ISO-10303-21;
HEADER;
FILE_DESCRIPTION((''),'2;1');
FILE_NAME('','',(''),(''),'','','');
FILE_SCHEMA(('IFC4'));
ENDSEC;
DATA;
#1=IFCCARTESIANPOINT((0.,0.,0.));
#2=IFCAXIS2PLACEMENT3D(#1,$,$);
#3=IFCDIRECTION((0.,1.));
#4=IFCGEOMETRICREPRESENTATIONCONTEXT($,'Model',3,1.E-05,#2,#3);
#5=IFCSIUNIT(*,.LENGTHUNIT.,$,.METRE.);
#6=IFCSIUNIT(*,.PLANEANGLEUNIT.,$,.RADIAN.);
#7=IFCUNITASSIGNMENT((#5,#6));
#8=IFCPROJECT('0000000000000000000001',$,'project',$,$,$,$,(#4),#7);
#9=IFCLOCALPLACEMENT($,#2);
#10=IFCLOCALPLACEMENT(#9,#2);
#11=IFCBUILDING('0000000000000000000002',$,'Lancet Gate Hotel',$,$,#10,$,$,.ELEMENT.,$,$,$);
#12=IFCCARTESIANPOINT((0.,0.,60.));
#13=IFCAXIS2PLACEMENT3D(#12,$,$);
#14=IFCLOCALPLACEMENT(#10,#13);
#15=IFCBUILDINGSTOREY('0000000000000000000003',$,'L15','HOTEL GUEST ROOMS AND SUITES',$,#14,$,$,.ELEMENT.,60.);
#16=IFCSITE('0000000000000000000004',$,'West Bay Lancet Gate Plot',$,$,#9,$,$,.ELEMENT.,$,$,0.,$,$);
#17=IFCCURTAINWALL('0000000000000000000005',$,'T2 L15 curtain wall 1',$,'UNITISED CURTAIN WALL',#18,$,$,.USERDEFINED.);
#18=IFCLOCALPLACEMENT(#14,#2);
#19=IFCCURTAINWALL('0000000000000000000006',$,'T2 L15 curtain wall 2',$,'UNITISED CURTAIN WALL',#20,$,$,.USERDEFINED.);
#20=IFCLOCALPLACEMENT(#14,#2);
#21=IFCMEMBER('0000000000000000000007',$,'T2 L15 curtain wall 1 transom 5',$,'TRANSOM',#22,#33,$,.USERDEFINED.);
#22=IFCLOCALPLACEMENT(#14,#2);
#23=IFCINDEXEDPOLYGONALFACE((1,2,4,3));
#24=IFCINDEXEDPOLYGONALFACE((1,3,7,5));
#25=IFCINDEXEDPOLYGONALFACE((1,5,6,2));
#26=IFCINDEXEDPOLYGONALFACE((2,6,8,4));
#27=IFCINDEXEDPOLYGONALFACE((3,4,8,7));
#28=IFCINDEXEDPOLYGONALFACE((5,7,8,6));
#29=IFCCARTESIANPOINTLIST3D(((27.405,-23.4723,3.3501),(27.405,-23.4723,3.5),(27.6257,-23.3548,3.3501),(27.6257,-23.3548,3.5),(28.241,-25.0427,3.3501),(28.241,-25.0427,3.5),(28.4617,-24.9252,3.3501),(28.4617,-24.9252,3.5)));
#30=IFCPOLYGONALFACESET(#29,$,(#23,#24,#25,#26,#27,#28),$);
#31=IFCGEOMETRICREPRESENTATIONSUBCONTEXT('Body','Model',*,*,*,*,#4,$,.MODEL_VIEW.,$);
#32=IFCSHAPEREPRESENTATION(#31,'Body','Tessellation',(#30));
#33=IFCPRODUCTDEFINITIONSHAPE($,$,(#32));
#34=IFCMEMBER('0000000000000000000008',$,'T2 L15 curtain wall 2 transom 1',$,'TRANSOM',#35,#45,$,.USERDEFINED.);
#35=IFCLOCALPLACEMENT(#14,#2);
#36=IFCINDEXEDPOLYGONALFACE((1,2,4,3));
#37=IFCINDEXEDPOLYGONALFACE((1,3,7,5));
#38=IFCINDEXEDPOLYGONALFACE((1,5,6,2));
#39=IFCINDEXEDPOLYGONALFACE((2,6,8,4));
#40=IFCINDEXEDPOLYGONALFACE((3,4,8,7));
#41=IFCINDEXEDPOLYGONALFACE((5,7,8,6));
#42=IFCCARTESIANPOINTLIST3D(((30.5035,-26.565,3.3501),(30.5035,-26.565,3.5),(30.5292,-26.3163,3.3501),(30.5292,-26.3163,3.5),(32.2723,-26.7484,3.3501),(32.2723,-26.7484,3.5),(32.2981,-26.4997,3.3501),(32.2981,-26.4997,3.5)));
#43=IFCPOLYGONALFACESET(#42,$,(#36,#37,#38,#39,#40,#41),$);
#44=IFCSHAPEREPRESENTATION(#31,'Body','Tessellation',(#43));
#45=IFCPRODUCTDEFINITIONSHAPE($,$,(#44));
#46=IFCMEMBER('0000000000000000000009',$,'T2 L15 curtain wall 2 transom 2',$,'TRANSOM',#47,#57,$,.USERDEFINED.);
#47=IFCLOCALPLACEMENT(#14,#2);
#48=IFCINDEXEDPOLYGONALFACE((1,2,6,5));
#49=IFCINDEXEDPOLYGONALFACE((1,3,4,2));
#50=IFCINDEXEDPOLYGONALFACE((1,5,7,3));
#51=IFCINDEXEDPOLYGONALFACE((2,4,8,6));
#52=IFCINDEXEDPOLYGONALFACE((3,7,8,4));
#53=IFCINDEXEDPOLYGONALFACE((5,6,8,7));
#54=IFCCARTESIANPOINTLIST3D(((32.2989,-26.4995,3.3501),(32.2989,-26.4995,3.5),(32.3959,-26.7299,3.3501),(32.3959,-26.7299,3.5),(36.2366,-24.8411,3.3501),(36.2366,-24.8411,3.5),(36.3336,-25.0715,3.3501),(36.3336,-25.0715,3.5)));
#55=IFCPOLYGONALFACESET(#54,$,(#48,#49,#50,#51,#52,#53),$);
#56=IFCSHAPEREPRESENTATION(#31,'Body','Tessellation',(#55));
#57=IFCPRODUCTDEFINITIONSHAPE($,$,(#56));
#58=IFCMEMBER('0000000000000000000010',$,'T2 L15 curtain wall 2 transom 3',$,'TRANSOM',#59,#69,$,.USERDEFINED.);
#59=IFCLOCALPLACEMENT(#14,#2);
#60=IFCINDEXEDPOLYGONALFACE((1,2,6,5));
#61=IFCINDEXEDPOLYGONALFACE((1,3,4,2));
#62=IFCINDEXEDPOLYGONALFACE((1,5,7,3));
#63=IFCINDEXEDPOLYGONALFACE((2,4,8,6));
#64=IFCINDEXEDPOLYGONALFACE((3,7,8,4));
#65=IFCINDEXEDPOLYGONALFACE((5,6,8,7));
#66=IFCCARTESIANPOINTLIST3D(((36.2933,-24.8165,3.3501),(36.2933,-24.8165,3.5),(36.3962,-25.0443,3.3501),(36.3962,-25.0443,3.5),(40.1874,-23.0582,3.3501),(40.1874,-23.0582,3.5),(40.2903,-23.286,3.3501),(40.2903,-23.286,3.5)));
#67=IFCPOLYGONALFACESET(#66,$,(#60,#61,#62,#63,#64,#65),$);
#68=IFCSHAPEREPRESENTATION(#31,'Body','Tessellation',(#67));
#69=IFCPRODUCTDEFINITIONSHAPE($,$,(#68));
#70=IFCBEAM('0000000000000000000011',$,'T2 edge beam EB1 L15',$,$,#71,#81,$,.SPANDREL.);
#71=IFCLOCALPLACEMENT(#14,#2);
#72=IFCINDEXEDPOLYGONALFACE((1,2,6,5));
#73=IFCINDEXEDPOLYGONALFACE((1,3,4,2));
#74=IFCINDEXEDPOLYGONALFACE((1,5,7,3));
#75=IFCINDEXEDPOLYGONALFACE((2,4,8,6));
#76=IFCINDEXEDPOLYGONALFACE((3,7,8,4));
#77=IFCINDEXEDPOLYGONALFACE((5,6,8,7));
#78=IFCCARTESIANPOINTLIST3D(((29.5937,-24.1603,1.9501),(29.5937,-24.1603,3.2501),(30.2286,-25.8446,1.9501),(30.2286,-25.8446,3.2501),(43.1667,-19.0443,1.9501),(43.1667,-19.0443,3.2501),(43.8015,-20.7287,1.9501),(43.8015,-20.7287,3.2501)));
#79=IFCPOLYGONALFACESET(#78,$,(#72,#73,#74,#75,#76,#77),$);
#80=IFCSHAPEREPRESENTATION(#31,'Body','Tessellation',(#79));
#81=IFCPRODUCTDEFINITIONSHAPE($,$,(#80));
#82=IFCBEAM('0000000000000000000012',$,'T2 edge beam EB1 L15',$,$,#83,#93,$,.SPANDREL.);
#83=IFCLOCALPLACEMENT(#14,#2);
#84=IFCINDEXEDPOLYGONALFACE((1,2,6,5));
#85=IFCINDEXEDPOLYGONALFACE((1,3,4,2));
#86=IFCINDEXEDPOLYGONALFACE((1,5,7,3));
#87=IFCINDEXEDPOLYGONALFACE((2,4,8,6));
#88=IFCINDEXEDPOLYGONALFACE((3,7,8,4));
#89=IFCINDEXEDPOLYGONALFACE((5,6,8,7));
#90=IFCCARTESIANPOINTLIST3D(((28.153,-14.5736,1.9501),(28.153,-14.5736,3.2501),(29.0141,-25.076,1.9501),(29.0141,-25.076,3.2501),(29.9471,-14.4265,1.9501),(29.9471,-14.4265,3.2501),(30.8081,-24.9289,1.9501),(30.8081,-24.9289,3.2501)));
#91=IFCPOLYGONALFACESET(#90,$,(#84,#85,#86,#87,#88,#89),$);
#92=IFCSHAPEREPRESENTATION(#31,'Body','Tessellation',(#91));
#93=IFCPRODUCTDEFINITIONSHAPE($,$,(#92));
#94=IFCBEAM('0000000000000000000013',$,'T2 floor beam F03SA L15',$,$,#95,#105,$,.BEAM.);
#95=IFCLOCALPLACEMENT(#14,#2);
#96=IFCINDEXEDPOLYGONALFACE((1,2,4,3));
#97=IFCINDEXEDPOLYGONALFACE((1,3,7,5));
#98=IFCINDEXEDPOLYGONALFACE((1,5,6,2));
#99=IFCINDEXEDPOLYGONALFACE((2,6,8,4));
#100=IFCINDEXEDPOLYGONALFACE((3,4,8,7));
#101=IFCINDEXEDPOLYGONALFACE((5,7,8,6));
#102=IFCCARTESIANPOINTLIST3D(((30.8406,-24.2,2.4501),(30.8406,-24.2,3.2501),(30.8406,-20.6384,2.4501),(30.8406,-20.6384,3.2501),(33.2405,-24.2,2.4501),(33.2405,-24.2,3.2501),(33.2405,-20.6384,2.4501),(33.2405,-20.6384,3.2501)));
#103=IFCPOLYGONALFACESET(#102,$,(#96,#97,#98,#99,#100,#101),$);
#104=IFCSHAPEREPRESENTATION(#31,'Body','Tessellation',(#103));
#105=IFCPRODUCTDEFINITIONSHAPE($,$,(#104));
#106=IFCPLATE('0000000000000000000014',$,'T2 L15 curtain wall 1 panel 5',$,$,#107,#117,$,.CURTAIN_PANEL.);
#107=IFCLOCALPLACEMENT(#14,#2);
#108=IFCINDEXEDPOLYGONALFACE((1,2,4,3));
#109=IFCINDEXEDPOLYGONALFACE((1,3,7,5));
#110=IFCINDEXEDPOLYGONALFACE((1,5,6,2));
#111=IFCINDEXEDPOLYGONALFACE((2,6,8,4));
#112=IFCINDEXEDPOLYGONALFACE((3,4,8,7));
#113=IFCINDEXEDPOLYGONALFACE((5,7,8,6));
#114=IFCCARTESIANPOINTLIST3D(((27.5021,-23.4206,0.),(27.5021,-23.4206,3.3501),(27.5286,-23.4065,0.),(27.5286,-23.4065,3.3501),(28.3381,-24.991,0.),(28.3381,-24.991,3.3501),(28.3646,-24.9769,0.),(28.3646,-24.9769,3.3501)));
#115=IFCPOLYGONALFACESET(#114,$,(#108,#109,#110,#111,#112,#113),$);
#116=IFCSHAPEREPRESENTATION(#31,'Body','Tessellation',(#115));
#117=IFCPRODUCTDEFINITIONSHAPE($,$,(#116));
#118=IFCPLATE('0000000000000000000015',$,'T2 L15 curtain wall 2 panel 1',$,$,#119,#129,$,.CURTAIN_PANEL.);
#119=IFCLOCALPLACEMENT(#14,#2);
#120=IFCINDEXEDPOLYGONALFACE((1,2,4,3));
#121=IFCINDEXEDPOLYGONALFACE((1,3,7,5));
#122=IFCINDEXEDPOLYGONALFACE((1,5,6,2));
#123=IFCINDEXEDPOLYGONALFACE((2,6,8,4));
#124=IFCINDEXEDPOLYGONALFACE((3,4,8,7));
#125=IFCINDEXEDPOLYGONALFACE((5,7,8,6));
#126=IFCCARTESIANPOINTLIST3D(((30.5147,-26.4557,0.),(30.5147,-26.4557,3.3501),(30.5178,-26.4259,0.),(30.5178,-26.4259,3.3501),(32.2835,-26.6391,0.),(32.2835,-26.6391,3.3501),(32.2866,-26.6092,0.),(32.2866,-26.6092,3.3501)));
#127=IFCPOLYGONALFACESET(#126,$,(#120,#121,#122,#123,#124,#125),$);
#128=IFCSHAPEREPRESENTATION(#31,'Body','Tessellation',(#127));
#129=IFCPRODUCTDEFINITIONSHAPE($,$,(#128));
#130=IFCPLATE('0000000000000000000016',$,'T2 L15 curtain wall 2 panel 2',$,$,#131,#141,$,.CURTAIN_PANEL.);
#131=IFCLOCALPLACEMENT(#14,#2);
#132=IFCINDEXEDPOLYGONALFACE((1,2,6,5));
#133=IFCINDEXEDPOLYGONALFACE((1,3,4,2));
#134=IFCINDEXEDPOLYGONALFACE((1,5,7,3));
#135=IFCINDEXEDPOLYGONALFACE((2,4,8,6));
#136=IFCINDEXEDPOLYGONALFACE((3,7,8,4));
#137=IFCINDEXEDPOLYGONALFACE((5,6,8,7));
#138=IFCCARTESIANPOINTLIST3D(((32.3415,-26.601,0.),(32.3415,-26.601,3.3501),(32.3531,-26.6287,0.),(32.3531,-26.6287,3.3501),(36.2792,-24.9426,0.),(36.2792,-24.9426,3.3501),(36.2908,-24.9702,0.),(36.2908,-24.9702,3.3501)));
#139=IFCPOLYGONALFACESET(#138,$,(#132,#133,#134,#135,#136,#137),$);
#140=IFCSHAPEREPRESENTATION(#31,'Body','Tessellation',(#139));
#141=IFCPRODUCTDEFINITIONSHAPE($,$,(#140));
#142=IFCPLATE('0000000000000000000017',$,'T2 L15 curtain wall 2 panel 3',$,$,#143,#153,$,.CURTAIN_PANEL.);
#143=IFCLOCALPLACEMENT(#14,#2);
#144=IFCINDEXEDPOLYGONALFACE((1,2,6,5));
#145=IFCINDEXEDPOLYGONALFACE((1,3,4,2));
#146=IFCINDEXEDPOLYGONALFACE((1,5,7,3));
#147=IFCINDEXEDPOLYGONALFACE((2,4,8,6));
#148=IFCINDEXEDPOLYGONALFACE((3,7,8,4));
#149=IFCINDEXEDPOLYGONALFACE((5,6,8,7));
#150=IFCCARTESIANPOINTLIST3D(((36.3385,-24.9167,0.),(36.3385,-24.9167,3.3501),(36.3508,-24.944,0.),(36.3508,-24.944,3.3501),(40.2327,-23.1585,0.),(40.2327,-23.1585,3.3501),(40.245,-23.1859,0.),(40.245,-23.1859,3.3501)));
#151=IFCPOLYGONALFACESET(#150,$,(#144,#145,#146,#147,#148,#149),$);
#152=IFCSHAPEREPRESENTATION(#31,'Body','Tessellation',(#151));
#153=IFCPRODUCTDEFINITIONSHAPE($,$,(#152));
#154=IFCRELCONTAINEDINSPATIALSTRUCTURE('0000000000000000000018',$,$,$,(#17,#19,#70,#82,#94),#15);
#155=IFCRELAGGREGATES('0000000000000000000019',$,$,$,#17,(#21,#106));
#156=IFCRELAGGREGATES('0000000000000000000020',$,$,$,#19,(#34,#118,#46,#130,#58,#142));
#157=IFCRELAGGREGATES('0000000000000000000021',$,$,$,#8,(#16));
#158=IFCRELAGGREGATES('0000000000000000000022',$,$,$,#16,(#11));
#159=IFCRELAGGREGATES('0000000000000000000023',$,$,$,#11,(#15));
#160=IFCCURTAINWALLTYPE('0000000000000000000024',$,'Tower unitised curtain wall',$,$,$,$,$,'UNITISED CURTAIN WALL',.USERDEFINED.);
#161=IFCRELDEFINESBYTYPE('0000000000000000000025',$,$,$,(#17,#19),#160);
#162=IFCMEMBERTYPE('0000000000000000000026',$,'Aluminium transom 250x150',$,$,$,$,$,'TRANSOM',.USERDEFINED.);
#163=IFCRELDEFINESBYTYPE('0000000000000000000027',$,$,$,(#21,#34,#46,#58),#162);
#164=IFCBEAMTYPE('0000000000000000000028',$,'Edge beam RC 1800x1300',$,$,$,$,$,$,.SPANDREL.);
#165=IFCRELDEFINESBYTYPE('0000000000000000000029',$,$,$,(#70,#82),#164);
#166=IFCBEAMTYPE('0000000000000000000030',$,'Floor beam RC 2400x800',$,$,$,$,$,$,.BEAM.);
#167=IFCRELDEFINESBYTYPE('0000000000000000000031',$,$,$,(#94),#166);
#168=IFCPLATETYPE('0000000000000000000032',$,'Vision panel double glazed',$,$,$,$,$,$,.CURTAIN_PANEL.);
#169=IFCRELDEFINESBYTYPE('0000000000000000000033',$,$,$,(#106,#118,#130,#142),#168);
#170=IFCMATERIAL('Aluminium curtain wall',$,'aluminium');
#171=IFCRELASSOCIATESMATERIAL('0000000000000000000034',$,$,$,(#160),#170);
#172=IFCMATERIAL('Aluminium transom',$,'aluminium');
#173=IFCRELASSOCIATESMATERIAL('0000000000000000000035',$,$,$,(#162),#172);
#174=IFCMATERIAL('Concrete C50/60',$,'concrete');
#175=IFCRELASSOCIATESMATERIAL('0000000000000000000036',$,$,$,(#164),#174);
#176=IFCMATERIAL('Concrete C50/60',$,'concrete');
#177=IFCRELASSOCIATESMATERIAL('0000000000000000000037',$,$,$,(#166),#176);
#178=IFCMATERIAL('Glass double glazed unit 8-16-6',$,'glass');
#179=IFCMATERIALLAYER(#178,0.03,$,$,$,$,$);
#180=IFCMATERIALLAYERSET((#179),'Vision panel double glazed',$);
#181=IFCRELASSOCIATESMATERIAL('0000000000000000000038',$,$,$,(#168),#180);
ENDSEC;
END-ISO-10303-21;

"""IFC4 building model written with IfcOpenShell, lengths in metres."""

from ifc_helpers import new_model, si_unit, direction, frame, origin, origin_2d, place, context, subcontext, project, spatial, rectangle, extrude, material, layer, layer_set, material_profile, profile_set, type_object, element, aggregate, save


model = new_model("IFC4")

# Units and contexts
model_context = context("Model", 3, precision=1e-05, world=origin(), true_north=direction((0.0, 1.0)))
body_context = subcontext(model_context, "Body", "Model", "MODEL_VIEW")
ifc_project = project(units=[si_unit("LENGTHUNIT", "METRE"), si_unit("PLANEANGLEUNIT", "RADIAN")], contexts=[model_context])

# Site, building, storey
site_placement = place(None, origin())
site = spatial("IfcSite", under=ifc_project, at=site_placement, Name="West Bay Lancet Gate Plot", CompositionType="ELEMENT", RefElevation=0.0)
building_placement = place(site_placement, origin())
building = spatial("IfcBuilding", under=site, at=building_placement, Name="Lancet Gate Hotel", CompositionType="ELEMENT")
storey_placement = place(building_placement, frame((0.0, 0.0, 60.0)))
storey = spatial("IfcBuildingStorey", under=building, at=storey_placement, Name="L15", Description="HOTEL GUEST ROOMS AND SUITES", CompositionType="ELEMENT", Elevation=60.0)

# Curtain walls
ifc_material_1 = material(Name="Aluminium curtain wall", Category="aluminium")
curtain_wall_type = type_object("IfcCurtainWallType", Name="Tower unitised curtain wall", ElementType="UNITISED CURTAIN WALL", PredefinedType="USERDEFINED", material=ifc_material_1)
curtain_wall_1_placement = place(storey_placement, origin())
curtain_wall_1 = element("IfcCurtainWall", 1, at=curtain_wall_1_placement, inside=storey, type_object=curtain_wall_type, Name="T2 L15 curtain wall 1", ObjectType="UNITISED CURTAIN WALL", PredefinedType="USERDEFINED")
curtain_wall_2_placement = place(storey_placement, origin())
curtain_wall_2 = element("IfcCurtainWall", 2, at=curtain_wall_2_placement, inside=storey, type_object=curtain_wall_type, Name="T2 L15 curtain wall 2", ObjectType="UNITISED CURTAIN WALL", PredefinedType="USERDEFINED")

# Members
ifc_material_2 = material(Name="Aluminium transom", Category="aluminium")
ifc_material_profile_1 = material_profile(ifc_material_2, rectangle(XDim=0.25, YDim=0.1499, at=origin_2d()), Name="TRANSOM 250x150")
ifc_profile_set_1 = profile_set([ifc_material_profile_1], Name="Aluminium transom")
member_type_1 = type_object("IfcMemberType", Name="Aluminium transom 250x150", ElementType="TRANSOM", PredefinedType="USERDEFINED", material=ifc_profile_set_1)
member_1_placement = place(storey_placement, frame((27.5154, -23.4136, 3.425), z_axis=(0.469904, -0.882717, 0.0), x_axis=(0.882717, 0.469904, 0.0)))
member_1 = element("IfcMember", 3, at=member_1_placement, type_object=member_type_1, Name="T2 L15 curtain wall 1 transom 5", ObjectType="TRANSOM", PredefinedType="USERDEFINED", context=body_context, shape_type="SweptSolid", body=[
    extrude(rectangle(XDim=0.25, YDim=0.1499, at=origin_2d()), origin(), (0.0, 0.0, 1.0), 1.7791),
])
member_2_placement = place(storey_placement, frame((30.5164, -26.4407, 3.425), z_axis=(0.99467, -0.103105, 0.0), x_axis=(0.103105, 0.99467, 0.0)))
member_2 = element("IfcMember", 4, at=member_2_placement, type_object=member_type_1, Name="T2 L15 curtain wall 2 transom 1", ObjectType="TRANSOM", PredefinedType="USERDEFINED", context=body_context, shape_type="SweptSolid", body=[
    extrude(rectangle(XDim=0.25, YDim=0.1499, at=origin_2d()), origin(), (0.0, 0.0, 1.0), 1.7783),
])
member_3_placement = place(storey_placement, frame((32.3474, -26.6147, 3.425), z_axis=(0.921598, 0.388146, 0.0), x_axis=(-0.388146, 0.921598, 0.0)))
member_3 = element("IfcMember", 5, at=member_3_placement, type_object=member_type_1, Name="T2 L15 curtain wall 2 transom 2", ObjectType="TRANSOM", PredefinedType="USERDEFINED", context=body_context, shape_type="SweptSolid", body=[
    extrude(rectangle(XDim=0.25, YDim=0.1499, at=origin_2d()), origin(), (0.0, 0.0, 1.0), 4.2727),
])
member_4_placement = place(storey_placement, frame((36.3447, -24.9304, 3.425), z_axis=(0.911397, 0.411529, 0.0), x_axis=(-0.411529, 0.911397, 0.0)))
member_4 = element("IfcMember", 6, at=member_4_placement, type_object=member_type_1, Name="T2 L15 curtain wall 2 transom 3", ObjectType="TRANSOM", PredefinedType="USERDEFINED", context=body_context, shape_type="SweptSolid", body=[
    extrude(rectangle(XDim=0.25, YDim=0.1499, at=origin_2d()), origin(), (0.0, 0.0, 1.0), 4.2727),
])

# Beams
ifc_material_3 = material(Name="Concrete C50/60", Category="concrete")
ifc_material_profile_2 = material_profile(ifc_material_3, rectangle(XDim=1.8, YDim=1.3, at=origin_2d()), Name="RC 1800x1300")
ifc_profile_set_2 = profile_set([ifc_material_profile_2], Name="Concrete C50/60")
beam_type_1 = type_object("IfcBeamType", Name="Edge beam RC 1800x1300", PredefinedType="SPANDREL", material=ifc_profile_set_2)
beam_1_placement = place(storey_placement, frame((29.9111, -25.0024, 2.6001), z_axis=(0.935736, 0.3527, 0.0), x_axis=(-0.3527, 0.935736, 0.0)))
element("IfcBeam", 7, at=beam_1_placement, inside=storey, type_object=beam_type_1, Name="T2 edge beam EB1 L15", PredefinedType="SPANDREL", context=body_context, shape_type="SweptSolid", body=[
    extrude(rectangle(XDim=1.8, YDim=1.3, at=origin_2d()), origin(), (0.0, 0.0, 1.0), 14.5051),
])
beam_2_placement = place(storey_placement, frame((29.9111, -25.0024, 2.6001), z_axis=(-0.081715, 0.996656, 0.0), x_axis=(-0.996656, -0.081715, 0.0)))
element("IfcBeam", 8, at=beam_2_placement, inside=storey, type_object=beam_type_1, Name="T2 edge beam EB1 L15", PredefinedType="SPANDREL", context=body_context, shape_type="SweptSolid", body=[
    extrude(rectangle(XDim=1.8, YDim=1.3, at=origin_2d()), origin(), (0.0, 0.0, 1.0), 10.5376),
])
ifc_material_4 = material(Name="Concrete C50/60", Category="concrete")
ifc_material_profile_3 = material_profile(ifc_material_4, rectangle(XDim=2.3999, YDim=0.8, at=origin_2d()), Name="RC 2400x800")
ifc_profile_set_3 = profile_set([ifc_material_profile_3], Name="Concrete C50/60")
beam_type_2 = type_object("IfcBeamType", Name="Floor beam RC 2400x800", PredefinedType="BEAM", material=ifc_profile_set_3)
beam_3_placement = place(storey_placement, frame((32.0405, -24.2, 2.8501), z_axis=(0.0, 1.0, 0.0), x_axis=(-1.0, 0.0, 0.0)))
element("IfcBeam", 9, at=beam_3_placement, inside=storey, type_object=beam_type_2, Name="T2 floor beam F03SA L15", PredefinedType="BEAM", context=body_context, shape_type="SweptSolid", body=[
    extrude(rectangle(XDim=2.3999, YDim=0.8, at=origin_2d()), origin(), (0.0, 0.0, 1.0), 3.5615),
])

# Plates
ifc_material_5 = material(Name="Glass double glazed unit 8-16-6", Category="glass")
ifc_layer = layer(ifc_material_5, 0.03)
ifc_layer_set = layer_set([ifc_layer], Name="Vision panel double glazed")
plate_type = type_object("IfcPlateType", Name="Vision panel double glazed", PredefinedType="CURTAIN_PANEL", material=ifc_layer_set)
plate_1_placement = place(storey_placement, frame((27.9333, -24.1987, 0.0), z_axis=(0.0, 0.0, 1.0), x_axis=(0.469898, -0.882721, 0.0)))
plate_1 = element("IfcPlate", 10, at=plate_1_placement, type_object=plate_type, Name="T2 L15 curtain wall 1 panel 5", PredefinedType="CURTAIN_PANEL", context=body_context, shape_type="SweptSolid", body=[
    extrude(rectangle(XDim=1.7791, YDim=0.03, at=origin_2d()), origin(), (0.0, 0.0, 1.0), 3.3501),
])
aggregate(curtain_wall_1, [member_1, plate_1])
plate_2_placement = place(storey_placement, frame((31.4006, -26.5325, 0.0), z_axis=(0.0, 0.0, 1.0), x_axis=(0.994672, -0.103088, 0.0)))
plate_2 = element("IfcPlate", 11, at=plate_2_placement, type_object=plate_type, Name="T2 L15 curtain wall 2 panel 1", PredefinedType="CURTAIN_PANEL", context=body_context, shape_type="SweptSolid", body=[
    extrude(rectangle(XDim=1.7783, YDim=0.03, at=origin_2d()), origin(), (0.0, 0.0, 1.0), 3.3501),
])
plate_3_placement = place(storey_placement, frame((34.3162, -25.7856, 0.0), z_axis=(0.0, 0.0, 1.0), x_axis=(0.921593, 0.388157, 0.0)))
plate_3 = element("IfcPlate", 12, at=plate_3_placement, type_object=plate_type, Name="T2 L15 curtain wall 2 panel 2", PredefinedType="CURTAIN_PANEL", context=body_context, shape_type="SweptSolid", body=[
    extrude(rectangle(XDim=4.2727, YDim=0.03, at=origin_2d()), origin(), (0.0, 0.0, 1.0), 3.3501),
])
plate_4_placement = place(storey_placement, frame((38.2917, -24.0513, 0.0), z_axis=(0.0, 0.0, 1.0), x_axis=(0.911416, 0.411487, 0.0)))
plate_4 = element("IfcPlate", 13, at=plate_4_placement, type_object=plate_type, Name="T2 L15 curtain wall 2 panel 3", PredefinedType="CURTAIN_PANEL", context=body_context, shape_type="SweptSolid", body=[
    extrude(rectangle(XDim=4.2727, YDim=0.03, at=origin_2d()), origin(), (0.0, 0.0, 1.0), 3.3501),
])
aggregate(curtain_wall_2, [member_2, plate_2, member_3, plate_3, member_4, plate_4])

save(model, "model.ifc")
